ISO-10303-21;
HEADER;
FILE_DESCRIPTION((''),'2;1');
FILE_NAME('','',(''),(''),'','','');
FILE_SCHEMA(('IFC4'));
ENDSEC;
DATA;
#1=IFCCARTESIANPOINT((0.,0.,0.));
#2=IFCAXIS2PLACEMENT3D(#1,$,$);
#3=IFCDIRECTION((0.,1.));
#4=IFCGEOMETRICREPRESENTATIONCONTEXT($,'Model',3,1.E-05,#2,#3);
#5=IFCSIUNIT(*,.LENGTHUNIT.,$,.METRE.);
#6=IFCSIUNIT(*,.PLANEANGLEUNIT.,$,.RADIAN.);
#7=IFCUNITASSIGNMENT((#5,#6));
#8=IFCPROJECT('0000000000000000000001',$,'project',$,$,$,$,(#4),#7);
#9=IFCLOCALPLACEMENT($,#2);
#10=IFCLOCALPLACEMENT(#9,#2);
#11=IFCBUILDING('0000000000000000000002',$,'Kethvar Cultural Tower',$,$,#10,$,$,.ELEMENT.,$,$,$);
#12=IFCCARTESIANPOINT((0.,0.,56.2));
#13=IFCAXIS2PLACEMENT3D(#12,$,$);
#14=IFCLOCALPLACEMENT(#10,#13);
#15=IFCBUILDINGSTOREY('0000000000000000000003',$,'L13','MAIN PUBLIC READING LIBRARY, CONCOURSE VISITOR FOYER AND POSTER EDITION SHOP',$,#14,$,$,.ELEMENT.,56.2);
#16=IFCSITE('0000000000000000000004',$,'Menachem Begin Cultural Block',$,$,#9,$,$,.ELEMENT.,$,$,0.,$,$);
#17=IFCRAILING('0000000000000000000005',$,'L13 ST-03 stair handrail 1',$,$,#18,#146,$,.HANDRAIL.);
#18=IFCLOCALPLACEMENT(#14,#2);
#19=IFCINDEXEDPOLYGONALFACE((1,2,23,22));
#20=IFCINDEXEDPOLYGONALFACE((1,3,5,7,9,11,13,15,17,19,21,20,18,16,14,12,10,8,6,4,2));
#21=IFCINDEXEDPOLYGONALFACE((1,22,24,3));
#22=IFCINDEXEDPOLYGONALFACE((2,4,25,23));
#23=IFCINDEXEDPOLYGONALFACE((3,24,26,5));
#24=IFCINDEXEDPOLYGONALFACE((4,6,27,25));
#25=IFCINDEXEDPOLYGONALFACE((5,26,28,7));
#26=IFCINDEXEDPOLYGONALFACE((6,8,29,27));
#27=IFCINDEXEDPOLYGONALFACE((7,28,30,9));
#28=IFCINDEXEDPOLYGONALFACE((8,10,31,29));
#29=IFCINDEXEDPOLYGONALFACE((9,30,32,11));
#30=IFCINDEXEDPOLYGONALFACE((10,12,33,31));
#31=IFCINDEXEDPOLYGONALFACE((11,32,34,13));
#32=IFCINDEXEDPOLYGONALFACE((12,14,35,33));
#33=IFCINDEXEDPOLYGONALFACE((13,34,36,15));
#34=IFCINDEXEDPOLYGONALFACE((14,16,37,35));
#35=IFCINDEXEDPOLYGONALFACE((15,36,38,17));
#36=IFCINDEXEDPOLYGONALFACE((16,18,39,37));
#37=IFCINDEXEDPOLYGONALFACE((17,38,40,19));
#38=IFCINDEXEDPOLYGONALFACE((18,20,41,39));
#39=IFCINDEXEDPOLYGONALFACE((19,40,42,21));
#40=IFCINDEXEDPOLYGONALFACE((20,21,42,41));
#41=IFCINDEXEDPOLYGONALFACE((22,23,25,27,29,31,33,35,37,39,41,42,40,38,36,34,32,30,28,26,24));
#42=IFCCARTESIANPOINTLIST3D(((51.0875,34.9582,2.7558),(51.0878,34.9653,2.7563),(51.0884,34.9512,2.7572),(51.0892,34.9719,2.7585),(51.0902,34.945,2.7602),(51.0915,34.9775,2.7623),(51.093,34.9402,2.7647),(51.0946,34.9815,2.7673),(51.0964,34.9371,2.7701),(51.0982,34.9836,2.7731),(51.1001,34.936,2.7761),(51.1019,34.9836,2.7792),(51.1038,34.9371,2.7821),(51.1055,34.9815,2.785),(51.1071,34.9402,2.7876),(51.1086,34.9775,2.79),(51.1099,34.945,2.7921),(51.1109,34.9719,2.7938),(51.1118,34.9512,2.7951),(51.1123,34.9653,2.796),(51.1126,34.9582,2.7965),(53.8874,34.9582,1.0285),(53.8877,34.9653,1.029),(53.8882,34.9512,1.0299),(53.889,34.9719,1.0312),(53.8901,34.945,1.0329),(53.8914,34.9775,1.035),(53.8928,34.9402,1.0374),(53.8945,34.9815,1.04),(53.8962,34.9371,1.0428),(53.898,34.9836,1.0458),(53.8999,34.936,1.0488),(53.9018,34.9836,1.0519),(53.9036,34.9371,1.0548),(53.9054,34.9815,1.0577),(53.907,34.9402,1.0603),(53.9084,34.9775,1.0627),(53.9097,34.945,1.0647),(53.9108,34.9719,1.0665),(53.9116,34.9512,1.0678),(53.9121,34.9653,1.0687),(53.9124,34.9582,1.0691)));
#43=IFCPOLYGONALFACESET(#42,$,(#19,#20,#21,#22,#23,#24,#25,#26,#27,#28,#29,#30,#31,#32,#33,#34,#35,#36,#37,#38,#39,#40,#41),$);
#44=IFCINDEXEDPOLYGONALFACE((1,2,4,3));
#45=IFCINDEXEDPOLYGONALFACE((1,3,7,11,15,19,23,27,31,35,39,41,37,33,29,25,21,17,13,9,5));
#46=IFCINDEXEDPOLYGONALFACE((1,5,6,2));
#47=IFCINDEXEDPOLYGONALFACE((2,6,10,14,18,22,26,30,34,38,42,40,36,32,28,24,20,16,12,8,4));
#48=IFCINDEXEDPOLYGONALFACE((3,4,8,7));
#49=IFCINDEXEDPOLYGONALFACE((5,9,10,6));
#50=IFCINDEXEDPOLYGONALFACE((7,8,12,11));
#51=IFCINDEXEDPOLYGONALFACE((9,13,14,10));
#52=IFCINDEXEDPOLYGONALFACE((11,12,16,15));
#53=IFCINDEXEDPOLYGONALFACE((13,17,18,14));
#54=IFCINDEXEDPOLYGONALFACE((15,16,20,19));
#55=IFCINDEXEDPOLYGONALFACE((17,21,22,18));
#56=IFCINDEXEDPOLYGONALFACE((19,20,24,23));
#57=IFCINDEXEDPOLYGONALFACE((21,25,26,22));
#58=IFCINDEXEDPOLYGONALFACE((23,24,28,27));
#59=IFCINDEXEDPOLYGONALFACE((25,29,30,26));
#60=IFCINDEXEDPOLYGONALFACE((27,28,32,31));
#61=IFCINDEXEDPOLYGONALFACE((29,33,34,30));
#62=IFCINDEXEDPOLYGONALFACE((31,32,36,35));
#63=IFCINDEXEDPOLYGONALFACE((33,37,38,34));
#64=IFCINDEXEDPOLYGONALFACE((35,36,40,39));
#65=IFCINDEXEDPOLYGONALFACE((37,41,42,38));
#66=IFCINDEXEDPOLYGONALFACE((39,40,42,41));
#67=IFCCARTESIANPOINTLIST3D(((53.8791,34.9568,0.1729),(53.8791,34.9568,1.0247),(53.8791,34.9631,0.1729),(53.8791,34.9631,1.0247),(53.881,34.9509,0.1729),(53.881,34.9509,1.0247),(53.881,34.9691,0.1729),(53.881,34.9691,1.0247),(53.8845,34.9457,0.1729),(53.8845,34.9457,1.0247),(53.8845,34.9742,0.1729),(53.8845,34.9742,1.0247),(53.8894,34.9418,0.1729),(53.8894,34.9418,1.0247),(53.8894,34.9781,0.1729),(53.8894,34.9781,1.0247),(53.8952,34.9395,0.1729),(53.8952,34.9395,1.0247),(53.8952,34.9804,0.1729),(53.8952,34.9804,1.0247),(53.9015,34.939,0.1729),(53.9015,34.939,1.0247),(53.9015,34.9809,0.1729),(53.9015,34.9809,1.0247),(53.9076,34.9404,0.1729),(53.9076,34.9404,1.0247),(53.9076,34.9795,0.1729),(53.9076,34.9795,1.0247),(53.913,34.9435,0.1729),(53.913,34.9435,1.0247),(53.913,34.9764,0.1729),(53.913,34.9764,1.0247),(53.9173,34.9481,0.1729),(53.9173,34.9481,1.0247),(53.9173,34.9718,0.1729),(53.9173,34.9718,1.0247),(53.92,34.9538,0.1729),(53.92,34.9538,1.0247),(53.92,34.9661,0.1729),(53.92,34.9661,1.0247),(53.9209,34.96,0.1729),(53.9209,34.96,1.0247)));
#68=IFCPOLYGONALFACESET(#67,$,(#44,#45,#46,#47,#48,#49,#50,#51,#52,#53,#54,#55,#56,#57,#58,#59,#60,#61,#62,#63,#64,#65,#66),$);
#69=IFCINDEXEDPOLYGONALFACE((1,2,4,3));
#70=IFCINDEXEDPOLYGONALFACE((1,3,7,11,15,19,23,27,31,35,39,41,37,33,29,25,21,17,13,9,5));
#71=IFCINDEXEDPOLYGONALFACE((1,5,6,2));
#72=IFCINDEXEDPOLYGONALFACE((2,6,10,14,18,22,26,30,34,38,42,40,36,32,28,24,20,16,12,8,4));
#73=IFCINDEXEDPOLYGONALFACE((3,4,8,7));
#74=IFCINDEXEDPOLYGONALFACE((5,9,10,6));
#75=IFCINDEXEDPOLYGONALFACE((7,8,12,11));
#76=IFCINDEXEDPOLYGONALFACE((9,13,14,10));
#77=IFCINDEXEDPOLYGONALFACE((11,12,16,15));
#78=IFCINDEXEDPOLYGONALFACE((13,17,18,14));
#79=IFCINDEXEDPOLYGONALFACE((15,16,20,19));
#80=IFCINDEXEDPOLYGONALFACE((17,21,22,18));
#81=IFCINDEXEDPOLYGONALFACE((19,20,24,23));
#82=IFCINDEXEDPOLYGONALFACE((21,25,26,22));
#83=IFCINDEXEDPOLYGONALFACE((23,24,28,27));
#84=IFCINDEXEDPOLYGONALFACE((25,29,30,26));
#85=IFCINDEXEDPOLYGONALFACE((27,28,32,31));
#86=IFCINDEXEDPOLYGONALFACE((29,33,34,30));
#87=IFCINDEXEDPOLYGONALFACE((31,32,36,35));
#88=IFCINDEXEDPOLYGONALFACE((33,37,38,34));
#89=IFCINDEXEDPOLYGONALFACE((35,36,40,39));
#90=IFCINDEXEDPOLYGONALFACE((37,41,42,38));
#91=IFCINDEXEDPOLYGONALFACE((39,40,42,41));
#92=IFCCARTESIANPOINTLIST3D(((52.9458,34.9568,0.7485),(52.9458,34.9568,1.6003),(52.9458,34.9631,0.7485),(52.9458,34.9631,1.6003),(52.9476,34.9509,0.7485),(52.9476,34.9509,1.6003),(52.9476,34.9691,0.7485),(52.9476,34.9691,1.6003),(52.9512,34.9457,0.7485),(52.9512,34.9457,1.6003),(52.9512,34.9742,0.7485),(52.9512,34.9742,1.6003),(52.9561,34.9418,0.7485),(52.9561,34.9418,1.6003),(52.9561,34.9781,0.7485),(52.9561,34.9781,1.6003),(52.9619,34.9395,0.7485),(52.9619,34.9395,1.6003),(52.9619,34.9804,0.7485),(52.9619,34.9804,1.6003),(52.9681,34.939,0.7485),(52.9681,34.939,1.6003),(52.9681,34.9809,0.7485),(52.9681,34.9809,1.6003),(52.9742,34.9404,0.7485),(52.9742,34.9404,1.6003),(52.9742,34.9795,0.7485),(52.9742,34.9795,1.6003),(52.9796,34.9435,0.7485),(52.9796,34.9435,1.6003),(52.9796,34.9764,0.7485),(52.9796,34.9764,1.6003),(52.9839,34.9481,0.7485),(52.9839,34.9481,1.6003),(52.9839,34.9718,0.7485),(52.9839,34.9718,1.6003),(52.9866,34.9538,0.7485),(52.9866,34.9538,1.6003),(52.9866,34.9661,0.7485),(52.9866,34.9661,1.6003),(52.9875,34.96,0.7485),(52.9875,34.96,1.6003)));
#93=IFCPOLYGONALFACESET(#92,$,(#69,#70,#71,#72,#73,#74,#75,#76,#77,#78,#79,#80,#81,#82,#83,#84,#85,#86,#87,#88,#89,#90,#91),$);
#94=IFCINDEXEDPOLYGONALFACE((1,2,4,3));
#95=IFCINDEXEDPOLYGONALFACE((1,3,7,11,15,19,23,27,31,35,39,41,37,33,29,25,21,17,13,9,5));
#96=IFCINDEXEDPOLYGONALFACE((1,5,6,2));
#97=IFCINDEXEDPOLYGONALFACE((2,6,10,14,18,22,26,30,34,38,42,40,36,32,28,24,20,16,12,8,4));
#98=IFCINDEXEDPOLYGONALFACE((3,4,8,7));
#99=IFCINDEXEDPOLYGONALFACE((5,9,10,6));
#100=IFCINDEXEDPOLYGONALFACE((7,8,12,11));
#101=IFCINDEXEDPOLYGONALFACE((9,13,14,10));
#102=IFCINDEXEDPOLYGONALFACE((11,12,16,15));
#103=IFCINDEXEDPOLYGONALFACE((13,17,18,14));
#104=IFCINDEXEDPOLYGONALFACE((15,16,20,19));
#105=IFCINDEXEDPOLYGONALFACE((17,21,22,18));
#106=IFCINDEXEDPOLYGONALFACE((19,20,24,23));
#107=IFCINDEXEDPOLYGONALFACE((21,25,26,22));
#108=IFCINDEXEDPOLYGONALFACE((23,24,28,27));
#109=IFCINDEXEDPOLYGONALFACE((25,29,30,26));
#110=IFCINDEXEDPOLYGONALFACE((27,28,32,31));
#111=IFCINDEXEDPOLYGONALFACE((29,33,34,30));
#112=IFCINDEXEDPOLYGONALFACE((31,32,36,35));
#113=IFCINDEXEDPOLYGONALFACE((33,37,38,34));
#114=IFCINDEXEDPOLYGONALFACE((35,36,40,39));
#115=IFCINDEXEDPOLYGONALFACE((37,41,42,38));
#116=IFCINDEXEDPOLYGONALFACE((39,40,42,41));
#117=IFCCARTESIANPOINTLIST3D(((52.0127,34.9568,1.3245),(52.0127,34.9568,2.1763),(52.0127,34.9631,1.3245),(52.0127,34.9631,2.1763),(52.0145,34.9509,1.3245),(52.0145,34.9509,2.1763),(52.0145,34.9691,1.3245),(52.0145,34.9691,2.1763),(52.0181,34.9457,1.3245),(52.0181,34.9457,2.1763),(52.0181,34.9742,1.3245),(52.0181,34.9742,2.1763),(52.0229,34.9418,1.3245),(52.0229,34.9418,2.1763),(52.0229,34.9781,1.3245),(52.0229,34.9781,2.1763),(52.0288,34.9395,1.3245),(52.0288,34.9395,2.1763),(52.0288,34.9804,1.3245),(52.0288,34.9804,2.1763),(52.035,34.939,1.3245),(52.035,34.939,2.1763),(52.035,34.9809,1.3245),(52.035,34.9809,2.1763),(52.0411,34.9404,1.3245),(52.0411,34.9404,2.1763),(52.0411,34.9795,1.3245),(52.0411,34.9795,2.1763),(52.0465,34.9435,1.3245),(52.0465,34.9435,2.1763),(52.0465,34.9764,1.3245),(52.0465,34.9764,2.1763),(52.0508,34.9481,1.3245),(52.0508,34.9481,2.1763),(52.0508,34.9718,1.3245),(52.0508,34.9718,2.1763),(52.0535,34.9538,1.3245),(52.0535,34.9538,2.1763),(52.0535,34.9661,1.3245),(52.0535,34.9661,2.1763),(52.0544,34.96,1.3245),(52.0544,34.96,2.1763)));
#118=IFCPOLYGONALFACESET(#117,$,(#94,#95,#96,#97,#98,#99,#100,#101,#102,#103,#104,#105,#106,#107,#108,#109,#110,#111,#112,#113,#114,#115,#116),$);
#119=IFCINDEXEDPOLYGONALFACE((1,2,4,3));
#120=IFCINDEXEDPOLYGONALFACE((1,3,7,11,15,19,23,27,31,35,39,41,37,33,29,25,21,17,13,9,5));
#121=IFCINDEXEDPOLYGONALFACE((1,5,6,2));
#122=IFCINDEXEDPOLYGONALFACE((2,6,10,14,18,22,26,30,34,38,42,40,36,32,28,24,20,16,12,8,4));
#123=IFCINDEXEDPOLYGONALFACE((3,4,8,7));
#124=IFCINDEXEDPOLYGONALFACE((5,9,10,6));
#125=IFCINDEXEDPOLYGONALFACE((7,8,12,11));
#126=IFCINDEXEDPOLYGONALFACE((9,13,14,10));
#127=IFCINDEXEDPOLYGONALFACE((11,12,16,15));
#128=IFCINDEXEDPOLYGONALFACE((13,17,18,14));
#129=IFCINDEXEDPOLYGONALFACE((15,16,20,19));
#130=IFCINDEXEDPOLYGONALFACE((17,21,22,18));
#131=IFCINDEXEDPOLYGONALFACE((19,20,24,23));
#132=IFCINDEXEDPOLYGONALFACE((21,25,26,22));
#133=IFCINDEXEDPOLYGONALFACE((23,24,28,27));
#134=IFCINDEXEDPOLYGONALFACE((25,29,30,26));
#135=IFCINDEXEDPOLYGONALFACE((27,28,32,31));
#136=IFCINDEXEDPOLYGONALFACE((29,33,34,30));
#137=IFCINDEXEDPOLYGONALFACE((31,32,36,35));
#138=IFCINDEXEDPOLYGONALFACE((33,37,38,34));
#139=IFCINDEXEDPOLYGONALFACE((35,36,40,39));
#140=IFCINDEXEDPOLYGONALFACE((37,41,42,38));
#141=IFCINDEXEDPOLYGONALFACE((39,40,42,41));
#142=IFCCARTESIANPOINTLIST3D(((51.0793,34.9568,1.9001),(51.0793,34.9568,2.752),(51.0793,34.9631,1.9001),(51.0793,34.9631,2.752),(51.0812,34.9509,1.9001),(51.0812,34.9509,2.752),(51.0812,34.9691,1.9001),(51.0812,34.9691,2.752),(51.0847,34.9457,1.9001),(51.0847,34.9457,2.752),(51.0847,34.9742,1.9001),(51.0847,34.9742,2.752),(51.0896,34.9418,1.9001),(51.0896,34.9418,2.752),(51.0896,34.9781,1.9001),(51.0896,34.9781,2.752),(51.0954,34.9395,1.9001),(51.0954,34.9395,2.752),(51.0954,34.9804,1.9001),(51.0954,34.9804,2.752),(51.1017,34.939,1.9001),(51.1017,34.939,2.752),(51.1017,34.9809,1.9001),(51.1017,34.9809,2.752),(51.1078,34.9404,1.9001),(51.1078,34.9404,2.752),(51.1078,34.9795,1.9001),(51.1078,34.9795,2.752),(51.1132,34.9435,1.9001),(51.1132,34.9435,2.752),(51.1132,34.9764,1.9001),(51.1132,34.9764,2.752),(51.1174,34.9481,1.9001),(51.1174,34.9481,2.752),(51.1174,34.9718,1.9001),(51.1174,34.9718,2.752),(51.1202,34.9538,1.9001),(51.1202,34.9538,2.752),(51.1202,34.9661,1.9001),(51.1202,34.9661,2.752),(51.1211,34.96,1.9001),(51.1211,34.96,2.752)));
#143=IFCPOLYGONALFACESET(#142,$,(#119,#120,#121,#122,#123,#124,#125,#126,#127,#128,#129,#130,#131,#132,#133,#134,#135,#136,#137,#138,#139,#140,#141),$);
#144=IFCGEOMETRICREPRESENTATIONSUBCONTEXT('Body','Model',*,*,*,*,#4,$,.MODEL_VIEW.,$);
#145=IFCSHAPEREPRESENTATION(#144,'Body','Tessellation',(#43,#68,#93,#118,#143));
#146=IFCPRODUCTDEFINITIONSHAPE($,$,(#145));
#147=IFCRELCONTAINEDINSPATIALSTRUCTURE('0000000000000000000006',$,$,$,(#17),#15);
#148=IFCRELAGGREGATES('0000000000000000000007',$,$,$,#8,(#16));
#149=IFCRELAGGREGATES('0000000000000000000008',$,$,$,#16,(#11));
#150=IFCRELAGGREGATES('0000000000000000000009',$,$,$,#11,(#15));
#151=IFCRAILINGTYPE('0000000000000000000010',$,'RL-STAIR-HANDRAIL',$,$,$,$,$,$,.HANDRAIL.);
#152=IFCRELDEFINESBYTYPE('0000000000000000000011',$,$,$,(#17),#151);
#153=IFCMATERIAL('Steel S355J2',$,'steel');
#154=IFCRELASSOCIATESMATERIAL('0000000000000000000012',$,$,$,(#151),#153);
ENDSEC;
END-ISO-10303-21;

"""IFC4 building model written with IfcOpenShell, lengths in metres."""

from ifc_helpers import new_model, si_unit, direction, frame, origin, origin_2d, place, context, subcontext, project, spatial, circle, extrude, material, type_object, element, save


model = new_model("IFC4")

# Units and contexts
model_context = context("Model", 3, precision=1e-05, world=origin(), true_north=direction((0.0, 1.0)))
body_context = subcontext(model_context, "Body", "Model", "MODEL_VIEW")
ifc_project = project(units=[si_unit("LENGTHUNIT", "METRE"), si_unit("PLANEANGLEUNIT", "RADIAN")], contexts=[model_context])

# Site, building, storey
site_placement = place(None, origin())
site = spatial("IfcSite", under=ifc_project, at=site_placement, Name="Menachem Begin Cultural Block", CompositionType="ELEMENT", RefElevation=0.0)
building_placement = place(site_placement, origin())
building = spatial("IfcBuilding", under=site, at=building_placement, Name="Kethvar Cultural Tower", CompositionType="ELEMENT")
storey_placement = place(building_placement, frame((0.0, 0.0, 56.2)))
storey = spatial("IfcBuildingStorey", under=building, at=storey_placement, Name="L13", Description="MAIN PUBLIC READING LIBRARY, CONCOURSE VISITOR FOYER AND POSTER EDITION SHOP", CompositionType="ELEMENT", Elevation=56.2)

# Shared definitions
ifc_material_1 = material(Name="Steel S355J2", Category="steel")

# Railing
railing_type_1 = type_object("IfcRailingType", Name="RL-STAIR-HANDRAIL", PredefinedType="HANDRAIL", material=ifc_material_1)
railing_1_placement = place(storey_placement, frame((53.8999, 34.96, 0.1729)))
element("IfcRailing", 1, at=railing_1_placement, inside=storey, type_object=railing_type_1, Name="L13 ST-03 stair handrail 1", PredefinedType="HANDRAIL", context=body_context, shape_type="SweptSolid", body=[
    extrude(circle(Radius=0.0239, at=origin_2d()), frame((0.0, 0.0, 0.876), z_axis=(-0.851069, 0.0, 0.525054), x_axis=(0.0, -1.0, 0.0)), (0.0, 0.0, 1.0), 3.2898),
    extrude(circle(Radius=0.021, at=origin_2d()), origin(), (0.0, 0.0, 1.0), 0.8518),
    extrude(circle(Radius=0.021, at=origin_2d()), frame((-0.9333, 0.0, 0.5757)), (0.0, 0.0, 1.0), 0.8518),
    extrude(circle(Radius=0.021, at=origin_2d()), frame((-1.8665, 0.0, 1.1516)), (0.0, 0.0, 1.0), 0.8518),
    extrude(circle(Radius=0.021, at=origin_2d()), frame((-2.7998, 0.0, 1.7273)), (0.0, 0.0, 1.0), 0.8518),
])

save(model, "model.ifc")
